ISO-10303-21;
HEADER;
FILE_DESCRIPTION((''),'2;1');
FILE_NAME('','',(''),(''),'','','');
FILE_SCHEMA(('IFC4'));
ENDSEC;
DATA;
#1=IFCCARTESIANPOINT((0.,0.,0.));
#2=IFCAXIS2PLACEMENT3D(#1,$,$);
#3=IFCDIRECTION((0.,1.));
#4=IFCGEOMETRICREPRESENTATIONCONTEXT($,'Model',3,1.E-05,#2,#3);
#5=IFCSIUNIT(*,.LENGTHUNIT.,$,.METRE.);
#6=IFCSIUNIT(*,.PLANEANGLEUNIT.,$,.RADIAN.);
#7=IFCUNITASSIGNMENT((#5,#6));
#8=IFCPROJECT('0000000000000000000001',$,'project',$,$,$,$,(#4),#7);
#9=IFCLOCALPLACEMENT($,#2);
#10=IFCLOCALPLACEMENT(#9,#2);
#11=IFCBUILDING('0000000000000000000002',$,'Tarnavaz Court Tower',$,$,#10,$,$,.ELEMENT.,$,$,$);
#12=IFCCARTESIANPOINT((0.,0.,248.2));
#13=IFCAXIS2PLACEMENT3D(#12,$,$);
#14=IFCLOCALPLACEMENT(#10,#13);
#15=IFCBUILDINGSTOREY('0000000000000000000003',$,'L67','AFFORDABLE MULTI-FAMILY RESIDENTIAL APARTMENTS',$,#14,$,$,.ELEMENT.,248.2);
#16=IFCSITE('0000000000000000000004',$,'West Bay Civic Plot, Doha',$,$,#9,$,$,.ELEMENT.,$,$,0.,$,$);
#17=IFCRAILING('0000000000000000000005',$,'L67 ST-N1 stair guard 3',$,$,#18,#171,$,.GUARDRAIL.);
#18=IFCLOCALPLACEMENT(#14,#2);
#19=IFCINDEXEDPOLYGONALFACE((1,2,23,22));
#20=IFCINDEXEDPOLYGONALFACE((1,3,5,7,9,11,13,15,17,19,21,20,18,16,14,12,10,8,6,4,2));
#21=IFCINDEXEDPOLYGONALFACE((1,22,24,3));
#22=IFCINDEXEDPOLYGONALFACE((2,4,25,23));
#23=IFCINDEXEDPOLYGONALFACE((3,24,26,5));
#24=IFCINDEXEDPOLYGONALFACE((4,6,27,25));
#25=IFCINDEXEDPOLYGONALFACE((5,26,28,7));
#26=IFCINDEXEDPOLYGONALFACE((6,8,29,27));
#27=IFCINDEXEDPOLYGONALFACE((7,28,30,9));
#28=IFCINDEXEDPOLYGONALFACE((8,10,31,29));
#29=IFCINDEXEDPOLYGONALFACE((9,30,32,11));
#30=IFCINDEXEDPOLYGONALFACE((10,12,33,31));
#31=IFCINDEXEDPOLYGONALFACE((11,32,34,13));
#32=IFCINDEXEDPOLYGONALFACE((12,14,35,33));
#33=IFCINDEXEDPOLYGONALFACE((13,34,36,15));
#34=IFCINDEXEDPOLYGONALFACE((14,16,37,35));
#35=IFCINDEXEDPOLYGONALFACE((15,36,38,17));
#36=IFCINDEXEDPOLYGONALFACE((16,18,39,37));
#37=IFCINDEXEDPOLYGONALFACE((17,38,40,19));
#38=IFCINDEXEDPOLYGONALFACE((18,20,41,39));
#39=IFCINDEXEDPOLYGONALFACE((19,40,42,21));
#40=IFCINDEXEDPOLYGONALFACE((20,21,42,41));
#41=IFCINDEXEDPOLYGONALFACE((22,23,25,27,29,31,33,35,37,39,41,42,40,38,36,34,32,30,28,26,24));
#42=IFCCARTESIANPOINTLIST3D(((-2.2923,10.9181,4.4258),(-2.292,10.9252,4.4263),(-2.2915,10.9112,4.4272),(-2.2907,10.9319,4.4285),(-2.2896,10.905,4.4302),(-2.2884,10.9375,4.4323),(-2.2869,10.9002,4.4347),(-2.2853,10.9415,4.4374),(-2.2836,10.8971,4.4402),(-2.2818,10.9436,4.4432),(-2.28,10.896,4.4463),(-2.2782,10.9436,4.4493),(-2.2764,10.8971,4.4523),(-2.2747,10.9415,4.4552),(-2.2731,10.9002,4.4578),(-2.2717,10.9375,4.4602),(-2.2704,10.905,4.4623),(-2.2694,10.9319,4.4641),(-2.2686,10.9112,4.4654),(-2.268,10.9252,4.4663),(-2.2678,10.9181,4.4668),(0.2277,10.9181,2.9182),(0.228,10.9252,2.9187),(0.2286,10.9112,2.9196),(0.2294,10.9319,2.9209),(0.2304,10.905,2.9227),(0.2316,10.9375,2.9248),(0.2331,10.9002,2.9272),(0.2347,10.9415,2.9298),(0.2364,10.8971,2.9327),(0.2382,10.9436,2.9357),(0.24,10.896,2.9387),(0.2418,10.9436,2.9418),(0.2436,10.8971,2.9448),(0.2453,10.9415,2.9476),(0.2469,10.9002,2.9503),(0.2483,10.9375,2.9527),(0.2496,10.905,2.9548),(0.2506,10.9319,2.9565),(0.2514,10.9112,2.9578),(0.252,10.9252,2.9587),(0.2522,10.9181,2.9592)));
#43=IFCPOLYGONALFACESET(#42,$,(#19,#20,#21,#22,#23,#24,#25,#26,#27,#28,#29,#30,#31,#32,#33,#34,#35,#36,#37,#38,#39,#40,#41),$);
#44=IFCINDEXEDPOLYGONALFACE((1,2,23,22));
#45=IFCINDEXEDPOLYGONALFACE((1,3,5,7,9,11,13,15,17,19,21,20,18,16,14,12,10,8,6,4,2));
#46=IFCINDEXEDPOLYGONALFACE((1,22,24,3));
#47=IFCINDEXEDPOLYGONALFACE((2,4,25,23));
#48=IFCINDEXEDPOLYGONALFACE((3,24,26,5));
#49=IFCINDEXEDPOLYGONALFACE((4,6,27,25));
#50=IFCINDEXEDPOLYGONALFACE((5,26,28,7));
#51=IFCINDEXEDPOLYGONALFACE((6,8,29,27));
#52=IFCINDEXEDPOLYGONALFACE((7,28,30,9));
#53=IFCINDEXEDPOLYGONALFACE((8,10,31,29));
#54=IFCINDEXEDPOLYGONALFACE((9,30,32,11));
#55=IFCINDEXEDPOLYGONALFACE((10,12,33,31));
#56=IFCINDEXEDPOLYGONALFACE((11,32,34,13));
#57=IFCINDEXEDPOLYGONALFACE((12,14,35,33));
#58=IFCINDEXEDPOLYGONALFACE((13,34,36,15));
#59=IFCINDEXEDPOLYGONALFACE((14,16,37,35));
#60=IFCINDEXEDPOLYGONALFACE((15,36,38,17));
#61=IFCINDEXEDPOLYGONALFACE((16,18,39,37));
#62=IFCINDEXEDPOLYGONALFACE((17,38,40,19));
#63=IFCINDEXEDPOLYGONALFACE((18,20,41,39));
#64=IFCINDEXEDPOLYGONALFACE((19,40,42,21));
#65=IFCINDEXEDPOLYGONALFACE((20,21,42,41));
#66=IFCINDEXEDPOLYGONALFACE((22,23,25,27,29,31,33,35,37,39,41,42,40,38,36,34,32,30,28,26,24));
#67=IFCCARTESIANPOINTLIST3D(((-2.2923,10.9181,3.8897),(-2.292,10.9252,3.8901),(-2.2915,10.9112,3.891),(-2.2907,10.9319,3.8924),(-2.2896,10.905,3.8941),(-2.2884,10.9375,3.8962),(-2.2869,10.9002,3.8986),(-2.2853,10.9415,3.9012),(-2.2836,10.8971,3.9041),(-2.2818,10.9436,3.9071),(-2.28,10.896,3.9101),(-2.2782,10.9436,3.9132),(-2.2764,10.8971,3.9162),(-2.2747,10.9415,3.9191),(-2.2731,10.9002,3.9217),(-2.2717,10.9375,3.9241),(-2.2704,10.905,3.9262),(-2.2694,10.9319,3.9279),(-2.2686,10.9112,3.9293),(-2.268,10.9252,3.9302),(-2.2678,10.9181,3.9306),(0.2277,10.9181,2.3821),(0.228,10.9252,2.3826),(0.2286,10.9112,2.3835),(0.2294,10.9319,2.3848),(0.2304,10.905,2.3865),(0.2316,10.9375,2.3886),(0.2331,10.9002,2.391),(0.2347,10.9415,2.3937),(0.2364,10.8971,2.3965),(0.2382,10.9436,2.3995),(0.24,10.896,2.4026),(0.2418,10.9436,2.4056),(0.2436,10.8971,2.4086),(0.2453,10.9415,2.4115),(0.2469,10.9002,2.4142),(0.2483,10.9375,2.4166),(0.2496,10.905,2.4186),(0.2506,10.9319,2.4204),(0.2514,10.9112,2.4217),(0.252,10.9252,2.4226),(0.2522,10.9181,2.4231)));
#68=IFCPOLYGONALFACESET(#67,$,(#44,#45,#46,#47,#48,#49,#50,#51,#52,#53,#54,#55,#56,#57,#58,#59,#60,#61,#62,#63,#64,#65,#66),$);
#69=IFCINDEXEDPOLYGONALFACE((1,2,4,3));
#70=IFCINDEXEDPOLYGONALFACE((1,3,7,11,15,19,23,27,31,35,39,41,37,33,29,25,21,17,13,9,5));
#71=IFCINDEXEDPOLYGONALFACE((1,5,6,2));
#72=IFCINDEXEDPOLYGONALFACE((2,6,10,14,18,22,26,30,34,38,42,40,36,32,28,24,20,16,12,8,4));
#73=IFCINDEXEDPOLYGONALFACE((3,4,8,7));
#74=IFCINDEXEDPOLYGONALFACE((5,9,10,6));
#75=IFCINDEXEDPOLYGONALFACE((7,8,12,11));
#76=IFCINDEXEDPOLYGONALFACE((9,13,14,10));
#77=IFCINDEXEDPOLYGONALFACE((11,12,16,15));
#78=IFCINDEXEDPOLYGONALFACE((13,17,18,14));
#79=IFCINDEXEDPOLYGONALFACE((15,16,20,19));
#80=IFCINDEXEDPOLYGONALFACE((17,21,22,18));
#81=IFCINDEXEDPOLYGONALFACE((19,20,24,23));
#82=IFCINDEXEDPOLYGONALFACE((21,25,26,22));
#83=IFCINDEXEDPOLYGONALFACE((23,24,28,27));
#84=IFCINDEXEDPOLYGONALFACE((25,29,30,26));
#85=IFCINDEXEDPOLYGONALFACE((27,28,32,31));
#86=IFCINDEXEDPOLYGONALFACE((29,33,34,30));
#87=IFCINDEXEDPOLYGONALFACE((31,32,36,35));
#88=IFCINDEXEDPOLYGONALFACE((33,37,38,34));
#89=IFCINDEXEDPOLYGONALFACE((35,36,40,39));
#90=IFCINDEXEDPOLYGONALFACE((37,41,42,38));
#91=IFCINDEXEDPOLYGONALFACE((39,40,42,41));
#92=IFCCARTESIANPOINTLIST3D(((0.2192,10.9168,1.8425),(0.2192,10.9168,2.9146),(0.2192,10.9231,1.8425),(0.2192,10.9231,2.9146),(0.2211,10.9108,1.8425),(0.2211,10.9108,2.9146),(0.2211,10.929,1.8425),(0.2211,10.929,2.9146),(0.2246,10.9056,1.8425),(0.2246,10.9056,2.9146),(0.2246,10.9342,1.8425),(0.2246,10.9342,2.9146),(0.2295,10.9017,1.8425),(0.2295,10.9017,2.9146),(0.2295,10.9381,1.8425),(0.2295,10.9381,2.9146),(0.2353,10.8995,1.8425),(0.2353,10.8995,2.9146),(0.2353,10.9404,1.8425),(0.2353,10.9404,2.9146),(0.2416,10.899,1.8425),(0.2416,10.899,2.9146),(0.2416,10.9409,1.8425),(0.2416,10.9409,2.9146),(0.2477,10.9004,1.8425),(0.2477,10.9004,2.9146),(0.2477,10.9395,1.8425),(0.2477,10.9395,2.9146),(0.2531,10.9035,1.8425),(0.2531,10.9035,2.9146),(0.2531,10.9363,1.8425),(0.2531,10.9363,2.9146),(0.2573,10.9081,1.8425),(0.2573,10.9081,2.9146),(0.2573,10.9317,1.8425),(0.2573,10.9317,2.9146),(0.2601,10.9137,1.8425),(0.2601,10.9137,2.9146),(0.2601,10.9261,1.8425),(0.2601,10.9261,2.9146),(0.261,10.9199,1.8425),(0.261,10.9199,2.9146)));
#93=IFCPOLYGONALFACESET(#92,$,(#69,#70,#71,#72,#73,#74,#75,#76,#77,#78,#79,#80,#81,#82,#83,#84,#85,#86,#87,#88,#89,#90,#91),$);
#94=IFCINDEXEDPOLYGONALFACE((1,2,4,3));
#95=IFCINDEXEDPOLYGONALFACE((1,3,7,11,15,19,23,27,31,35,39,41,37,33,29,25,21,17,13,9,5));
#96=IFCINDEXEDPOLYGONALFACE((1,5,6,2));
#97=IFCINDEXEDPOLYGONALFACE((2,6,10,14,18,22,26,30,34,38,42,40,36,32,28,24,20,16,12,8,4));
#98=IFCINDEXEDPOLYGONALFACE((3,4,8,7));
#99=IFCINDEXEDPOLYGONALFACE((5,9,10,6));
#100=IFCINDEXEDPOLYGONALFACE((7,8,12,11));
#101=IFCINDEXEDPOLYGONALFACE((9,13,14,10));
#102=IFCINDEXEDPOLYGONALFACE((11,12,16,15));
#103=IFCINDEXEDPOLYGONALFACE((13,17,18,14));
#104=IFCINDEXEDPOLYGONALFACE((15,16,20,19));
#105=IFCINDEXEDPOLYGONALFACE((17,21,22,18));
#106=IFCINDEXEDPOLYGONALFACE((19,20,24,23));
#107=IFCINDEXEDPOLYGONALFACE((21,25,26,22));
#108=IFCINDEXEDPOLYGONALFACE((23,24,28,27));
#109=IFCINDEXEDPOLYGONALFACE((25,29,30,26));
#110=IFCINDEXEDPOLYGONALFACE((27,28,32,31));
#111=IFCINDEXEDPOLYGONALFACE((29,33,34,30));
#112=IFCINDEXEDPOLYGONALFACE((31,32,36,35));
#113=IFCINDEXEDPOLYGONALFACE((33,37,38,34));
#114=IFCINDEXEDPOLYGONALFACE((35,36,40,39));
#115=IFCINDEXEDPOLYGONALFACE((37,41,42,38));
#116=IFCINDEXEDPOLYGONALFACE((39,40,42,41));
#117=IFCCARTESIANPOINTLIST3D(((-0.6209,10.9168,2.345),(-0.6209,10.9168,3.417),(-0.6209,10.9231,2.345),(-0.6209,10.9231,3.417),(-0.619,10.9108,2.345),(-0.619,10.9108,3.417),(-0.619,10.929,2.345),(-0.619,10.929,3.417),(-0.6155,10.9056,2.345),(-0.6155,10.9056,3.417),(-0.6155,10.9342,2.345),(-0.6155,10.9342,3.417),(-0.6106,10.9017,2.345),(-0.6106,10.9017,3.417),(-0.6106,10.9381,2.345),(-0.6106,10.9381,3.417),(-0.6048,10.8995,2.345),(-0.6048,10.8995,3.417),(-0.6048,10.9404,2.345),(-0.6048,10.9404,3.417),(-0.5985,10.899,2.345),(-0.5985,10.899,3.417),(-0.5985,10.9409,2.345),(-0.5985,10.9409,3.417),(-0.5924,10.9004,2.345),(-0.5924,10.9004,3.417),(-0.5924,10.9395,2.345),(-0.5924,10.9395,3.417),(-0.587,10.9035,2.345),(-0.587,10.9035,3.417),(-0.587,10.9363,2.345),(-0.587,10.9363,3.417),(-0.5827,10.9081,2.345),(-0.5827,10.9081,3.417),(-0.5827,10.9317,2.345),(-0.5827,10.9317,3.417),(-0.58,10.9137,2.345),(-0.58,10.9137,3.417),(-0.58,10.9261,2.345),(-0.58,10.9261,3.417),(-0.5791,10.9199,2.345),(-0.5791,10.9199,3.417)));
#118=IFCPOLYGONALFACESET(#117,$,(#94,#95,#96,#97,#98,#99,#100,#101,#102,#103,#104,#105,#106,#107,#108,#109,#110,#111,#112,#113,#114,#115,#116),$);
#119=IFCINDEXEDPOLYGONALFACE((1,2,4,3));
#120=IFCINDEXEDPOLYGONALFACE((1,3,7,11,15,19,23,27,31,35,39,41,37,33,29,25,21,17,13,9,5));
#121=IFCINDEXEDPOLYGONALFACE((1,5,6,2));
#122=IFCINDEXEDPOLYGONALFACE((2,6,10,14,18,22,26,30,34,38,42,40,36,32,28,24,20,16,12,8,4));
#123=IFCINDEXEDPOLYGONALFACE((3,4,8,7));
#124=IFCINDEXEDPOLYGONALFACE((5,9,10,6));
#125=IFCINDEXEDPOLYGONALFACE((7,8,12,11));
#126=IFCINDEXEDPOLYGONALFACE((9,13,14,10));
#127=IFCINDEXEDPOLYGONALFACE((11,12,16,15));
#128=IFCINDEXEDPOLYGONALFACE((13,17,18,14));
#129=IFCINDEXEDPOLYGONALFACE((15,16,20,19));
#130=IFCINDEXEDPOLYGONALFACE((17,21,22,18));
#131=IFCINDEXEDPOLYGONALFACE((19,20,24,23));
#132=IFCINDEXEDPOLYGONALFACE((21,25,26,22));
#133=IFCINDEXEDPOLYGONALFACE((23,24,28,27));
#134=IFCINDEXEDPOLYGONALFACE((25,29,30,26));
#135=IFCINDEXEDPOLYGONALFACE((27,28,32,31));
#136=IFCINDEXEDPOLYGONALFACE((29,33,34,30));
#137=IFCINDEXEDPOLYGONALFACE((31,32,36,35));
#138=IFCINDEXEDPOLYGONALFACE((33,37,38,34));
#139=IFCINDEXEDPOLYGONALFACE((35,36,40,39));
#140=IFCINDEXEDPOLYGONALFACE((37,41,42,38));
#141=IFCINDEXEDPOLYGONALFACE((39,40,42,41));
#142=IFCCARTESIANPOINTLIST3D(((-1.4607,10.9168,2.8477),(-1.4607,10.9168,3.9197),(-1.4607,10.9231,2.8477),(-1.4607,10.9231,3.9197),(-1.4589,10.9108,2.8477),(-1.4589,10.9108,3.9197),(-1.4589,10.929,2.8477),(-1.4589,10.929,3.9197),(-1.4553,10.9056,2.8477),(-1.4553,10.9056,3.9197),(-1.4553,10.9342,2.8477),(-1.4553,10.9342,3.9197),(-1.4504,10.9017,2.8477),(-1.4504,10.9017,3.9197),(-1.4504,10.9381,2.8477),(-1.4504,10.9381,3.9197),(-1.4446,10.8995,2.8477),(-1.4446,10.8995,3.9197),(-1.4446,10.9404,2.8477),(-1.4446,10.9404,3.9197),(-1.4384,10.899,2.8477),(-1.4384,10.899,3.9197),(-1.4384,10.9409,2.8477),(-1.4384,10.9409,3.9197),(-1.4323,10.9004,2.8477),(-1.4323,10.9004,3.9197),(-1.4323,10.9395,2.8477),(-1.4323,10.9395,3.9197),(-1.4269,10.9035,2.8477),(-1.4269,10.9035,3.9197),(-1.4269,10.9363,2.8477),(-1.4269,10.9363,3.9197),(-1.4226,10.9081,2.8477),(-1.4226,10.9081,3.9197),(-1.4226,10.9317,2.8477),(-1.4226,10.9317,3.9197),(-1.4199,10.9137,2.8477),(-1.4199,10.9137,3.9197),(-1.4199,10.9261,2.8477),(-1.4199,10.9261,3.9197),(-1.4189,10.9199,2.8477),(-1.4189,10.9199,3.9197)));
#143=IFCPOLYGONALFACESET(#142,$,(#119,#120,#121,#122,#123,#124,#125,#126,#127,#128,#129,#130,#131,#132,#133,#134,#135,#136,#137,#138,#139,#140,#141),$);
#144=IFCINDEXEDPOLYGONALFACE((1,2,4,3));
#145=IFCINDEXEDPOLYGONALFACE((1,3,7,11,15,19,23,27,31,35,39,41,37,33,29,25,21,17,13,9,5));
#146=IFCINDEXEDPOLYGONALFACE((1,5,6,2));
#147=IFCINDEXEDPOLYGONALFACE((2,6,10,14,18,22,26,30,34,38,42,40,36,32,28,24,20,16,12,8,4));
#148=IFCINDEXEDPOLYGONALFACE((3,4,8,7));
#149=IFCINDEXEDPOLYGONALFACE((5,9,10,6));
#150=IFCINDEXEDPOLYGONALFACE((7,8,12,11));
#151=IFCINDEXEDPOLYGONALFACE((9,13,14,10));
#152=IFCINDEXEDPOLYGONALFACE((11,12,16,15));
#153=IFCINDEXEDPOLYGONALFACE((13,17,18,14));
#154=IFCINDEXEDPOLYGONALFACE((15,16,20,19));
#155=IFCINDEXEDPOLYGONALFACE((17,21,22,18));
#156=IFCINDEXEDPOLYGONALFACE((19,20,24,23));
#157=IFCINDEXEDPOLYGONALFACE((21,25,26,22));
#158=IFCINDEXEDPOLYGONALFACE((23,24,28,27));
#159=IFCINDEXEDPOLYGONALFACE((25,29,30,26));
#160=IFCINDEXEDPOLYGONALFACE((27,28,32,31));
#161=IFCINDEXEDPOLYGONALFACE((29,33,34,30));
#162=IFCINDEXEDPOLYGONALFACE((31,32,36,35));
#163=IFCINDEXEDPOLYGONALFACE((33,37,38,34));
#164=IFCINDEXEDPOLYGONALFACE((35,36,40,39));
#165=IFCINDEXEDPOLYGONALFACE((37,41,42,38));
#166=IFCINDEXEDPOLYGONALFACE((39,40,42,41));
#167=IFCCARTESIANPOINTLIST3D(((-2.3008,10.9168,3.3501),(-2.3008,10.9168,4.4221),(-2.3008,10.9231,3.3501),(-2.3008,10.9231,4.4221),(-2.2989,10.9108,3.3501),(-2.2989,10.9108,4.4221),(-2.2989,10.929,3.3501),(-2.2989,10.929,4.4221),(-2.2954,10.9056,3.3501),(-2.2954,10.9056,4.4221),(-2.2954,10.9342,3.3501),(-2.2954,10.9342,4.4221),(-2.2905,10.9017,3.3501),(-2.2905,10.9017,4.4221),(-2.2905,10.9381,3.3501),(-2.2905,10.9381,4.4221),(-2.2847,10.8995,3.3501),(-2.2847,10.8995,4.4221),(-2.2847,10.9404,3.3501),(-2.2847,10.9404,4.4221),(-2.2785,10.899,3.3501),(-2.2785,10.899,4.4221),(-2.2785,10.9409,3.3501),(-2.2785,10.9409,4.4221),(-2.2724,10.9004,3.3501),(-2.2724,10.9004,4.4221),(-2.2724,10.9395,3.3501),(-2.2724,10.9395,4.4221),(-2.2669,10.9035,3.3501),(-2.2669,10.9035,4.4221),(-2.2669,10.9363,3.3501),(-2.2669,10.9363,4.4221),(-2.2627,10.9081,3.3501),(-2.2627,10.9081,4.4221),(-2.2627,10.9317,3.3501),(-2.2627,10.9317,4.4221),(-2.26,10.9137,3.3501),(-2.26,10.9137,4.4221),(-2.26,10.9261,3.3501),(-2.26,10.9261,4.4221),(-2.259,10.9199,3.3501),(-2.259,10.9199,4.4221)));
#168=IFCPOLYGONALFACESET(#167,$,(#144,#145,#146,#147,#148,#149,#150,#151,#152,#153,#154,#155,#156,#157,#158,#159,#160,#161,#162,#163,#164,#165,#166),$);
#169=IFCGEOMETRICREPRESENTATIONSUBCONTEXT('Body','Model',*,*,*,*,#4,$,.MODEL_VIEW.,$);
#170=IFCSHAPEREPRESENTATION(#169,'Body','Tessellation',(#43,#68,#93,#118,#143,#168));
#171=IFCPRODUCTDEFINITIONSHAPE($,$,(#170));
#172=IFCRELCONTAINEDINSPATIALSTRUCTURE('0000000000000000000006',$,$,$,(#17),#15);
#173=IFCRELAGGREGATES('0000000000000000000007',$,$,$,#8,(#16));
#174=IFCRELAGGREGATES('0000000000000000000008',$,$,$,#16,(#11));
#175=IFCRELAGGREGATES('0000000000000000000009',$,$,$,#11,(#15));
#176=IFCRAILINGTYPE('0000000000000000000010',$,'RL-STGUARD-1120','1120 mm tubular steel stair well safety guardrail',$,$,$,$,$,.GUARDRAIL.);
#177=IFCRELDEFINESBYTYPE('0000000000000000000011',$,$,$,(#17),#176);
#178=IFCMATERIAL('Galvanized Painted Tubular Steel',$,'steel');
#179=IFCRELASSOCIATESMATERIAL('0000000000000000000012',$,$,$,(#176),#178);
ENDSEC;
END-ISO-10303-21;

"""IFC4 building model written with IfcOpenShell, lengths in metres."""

from ifc_helpers import new_model, si_unit, direction, frame, origin, origin_2d, place, context, subcontext, project, spatial, circle, extrude, material, type_object, element, save


model = new_model("IFC4")

# Units and contexts
model_context = context("Model", 3, precision=1e-05, world=origin(), true_north=direction((0.0, 1.0)))
body_context = subcontext(model_context, "Body", "Model", "MODEL_VIEW")
ifc_project = project(units=[si_unit("LENGTHUNIT", "METRE"), si_unit("PLANEANGLEUNIT", "RADIAN")], contexts=[model_context])

# Site, building, storey
site_placement = place(None, origin())
site = spatial("IfcSite", under=ifc_project, at=site_placement, Name="West Bay Civic Plot, Doha", CompositionType="ELEMENT", RefElevation=0.0)
building_placement = place(site_placement, origin())
building = spatial("IfcBuilding", under=site, at=building_placement, Name="Tarnavaz Court Tower", CompositionType="ELEMENT")
storey_placement = place(building_placement, frame((0.0, 0.0, 248.2)))
storey = spatial("IfcBuildingStorey", under=building, at=storey_placement, Name="L67", Description="AFFORDABLE MULTI-FAMILY RESIDENTIAL APARTMENTS", CompositionType="ELEMENT", Elevation=248.2)

# Railing
ifc_material_1 = material(Name="Galvanized Painted Tubular Steel", Category="steel")
railing_type_1 = type_object("IfcRailingType", Name="RL-STGUARD-1120", Description="1120 mm tubular steel stair well safety guardrail", PredefinedType="GUARDRAIL", material=ifc_material_1)
railing_1_placement = place(storey_placement, frame((0.24, 10.9199, 1.8425)))
element("IfcRailing", 1, at=railing_1_placement, inside=storey, type_object=railing_type_1, Name="L67 ST-N1 stair guard 3", PredefinedType="GUARDRAIL", context=body_context, shape_type="SweptSolid", body=[
    extrude(circle(Radius=0.0239, at=origin_2d()), frame((0.0, 0.0, 1.0962), z_axis=(-0.85816, 0.0, 0.513383), x_axis=(0.0, -1.0, 0.0)), (0.0, 0.0, 1.0), 2.9365),
    extrude(circle(Radius=0.0239, at=origin_2d()), frame((0.0, 0.0, 0.5601), z_axis=(-0.85816, 0.0, 0.513383), x_axis=(0.0, -1.0, 0.0)), (0.0, 0.0, 1.0), 2.9365),
    extrude(circle(Radius=0.021, at=origin_2d()), origin(), (0.0, 0.0, 1.0), 1.072),
    extrude(circle(Radius=0.021, at=origin_2d()), frame((-0.8401, 0.0, 0.5024)), (0.0, 0.0, 1.0), 1.072),
    extrude(circle(Radius=0.021, at=origin_2d()), frame((-1.6799, 0.0, 1.0051)), (0.0, 0.0, 1.0), 1.072),
    extrude(circle(Radius=0.021, at=origin_2d()), frame((-2.52, 0.0, 1.5076)), (0.0, 0.0, 1.0), 1.072),
])

save(model, "model.ifc")
